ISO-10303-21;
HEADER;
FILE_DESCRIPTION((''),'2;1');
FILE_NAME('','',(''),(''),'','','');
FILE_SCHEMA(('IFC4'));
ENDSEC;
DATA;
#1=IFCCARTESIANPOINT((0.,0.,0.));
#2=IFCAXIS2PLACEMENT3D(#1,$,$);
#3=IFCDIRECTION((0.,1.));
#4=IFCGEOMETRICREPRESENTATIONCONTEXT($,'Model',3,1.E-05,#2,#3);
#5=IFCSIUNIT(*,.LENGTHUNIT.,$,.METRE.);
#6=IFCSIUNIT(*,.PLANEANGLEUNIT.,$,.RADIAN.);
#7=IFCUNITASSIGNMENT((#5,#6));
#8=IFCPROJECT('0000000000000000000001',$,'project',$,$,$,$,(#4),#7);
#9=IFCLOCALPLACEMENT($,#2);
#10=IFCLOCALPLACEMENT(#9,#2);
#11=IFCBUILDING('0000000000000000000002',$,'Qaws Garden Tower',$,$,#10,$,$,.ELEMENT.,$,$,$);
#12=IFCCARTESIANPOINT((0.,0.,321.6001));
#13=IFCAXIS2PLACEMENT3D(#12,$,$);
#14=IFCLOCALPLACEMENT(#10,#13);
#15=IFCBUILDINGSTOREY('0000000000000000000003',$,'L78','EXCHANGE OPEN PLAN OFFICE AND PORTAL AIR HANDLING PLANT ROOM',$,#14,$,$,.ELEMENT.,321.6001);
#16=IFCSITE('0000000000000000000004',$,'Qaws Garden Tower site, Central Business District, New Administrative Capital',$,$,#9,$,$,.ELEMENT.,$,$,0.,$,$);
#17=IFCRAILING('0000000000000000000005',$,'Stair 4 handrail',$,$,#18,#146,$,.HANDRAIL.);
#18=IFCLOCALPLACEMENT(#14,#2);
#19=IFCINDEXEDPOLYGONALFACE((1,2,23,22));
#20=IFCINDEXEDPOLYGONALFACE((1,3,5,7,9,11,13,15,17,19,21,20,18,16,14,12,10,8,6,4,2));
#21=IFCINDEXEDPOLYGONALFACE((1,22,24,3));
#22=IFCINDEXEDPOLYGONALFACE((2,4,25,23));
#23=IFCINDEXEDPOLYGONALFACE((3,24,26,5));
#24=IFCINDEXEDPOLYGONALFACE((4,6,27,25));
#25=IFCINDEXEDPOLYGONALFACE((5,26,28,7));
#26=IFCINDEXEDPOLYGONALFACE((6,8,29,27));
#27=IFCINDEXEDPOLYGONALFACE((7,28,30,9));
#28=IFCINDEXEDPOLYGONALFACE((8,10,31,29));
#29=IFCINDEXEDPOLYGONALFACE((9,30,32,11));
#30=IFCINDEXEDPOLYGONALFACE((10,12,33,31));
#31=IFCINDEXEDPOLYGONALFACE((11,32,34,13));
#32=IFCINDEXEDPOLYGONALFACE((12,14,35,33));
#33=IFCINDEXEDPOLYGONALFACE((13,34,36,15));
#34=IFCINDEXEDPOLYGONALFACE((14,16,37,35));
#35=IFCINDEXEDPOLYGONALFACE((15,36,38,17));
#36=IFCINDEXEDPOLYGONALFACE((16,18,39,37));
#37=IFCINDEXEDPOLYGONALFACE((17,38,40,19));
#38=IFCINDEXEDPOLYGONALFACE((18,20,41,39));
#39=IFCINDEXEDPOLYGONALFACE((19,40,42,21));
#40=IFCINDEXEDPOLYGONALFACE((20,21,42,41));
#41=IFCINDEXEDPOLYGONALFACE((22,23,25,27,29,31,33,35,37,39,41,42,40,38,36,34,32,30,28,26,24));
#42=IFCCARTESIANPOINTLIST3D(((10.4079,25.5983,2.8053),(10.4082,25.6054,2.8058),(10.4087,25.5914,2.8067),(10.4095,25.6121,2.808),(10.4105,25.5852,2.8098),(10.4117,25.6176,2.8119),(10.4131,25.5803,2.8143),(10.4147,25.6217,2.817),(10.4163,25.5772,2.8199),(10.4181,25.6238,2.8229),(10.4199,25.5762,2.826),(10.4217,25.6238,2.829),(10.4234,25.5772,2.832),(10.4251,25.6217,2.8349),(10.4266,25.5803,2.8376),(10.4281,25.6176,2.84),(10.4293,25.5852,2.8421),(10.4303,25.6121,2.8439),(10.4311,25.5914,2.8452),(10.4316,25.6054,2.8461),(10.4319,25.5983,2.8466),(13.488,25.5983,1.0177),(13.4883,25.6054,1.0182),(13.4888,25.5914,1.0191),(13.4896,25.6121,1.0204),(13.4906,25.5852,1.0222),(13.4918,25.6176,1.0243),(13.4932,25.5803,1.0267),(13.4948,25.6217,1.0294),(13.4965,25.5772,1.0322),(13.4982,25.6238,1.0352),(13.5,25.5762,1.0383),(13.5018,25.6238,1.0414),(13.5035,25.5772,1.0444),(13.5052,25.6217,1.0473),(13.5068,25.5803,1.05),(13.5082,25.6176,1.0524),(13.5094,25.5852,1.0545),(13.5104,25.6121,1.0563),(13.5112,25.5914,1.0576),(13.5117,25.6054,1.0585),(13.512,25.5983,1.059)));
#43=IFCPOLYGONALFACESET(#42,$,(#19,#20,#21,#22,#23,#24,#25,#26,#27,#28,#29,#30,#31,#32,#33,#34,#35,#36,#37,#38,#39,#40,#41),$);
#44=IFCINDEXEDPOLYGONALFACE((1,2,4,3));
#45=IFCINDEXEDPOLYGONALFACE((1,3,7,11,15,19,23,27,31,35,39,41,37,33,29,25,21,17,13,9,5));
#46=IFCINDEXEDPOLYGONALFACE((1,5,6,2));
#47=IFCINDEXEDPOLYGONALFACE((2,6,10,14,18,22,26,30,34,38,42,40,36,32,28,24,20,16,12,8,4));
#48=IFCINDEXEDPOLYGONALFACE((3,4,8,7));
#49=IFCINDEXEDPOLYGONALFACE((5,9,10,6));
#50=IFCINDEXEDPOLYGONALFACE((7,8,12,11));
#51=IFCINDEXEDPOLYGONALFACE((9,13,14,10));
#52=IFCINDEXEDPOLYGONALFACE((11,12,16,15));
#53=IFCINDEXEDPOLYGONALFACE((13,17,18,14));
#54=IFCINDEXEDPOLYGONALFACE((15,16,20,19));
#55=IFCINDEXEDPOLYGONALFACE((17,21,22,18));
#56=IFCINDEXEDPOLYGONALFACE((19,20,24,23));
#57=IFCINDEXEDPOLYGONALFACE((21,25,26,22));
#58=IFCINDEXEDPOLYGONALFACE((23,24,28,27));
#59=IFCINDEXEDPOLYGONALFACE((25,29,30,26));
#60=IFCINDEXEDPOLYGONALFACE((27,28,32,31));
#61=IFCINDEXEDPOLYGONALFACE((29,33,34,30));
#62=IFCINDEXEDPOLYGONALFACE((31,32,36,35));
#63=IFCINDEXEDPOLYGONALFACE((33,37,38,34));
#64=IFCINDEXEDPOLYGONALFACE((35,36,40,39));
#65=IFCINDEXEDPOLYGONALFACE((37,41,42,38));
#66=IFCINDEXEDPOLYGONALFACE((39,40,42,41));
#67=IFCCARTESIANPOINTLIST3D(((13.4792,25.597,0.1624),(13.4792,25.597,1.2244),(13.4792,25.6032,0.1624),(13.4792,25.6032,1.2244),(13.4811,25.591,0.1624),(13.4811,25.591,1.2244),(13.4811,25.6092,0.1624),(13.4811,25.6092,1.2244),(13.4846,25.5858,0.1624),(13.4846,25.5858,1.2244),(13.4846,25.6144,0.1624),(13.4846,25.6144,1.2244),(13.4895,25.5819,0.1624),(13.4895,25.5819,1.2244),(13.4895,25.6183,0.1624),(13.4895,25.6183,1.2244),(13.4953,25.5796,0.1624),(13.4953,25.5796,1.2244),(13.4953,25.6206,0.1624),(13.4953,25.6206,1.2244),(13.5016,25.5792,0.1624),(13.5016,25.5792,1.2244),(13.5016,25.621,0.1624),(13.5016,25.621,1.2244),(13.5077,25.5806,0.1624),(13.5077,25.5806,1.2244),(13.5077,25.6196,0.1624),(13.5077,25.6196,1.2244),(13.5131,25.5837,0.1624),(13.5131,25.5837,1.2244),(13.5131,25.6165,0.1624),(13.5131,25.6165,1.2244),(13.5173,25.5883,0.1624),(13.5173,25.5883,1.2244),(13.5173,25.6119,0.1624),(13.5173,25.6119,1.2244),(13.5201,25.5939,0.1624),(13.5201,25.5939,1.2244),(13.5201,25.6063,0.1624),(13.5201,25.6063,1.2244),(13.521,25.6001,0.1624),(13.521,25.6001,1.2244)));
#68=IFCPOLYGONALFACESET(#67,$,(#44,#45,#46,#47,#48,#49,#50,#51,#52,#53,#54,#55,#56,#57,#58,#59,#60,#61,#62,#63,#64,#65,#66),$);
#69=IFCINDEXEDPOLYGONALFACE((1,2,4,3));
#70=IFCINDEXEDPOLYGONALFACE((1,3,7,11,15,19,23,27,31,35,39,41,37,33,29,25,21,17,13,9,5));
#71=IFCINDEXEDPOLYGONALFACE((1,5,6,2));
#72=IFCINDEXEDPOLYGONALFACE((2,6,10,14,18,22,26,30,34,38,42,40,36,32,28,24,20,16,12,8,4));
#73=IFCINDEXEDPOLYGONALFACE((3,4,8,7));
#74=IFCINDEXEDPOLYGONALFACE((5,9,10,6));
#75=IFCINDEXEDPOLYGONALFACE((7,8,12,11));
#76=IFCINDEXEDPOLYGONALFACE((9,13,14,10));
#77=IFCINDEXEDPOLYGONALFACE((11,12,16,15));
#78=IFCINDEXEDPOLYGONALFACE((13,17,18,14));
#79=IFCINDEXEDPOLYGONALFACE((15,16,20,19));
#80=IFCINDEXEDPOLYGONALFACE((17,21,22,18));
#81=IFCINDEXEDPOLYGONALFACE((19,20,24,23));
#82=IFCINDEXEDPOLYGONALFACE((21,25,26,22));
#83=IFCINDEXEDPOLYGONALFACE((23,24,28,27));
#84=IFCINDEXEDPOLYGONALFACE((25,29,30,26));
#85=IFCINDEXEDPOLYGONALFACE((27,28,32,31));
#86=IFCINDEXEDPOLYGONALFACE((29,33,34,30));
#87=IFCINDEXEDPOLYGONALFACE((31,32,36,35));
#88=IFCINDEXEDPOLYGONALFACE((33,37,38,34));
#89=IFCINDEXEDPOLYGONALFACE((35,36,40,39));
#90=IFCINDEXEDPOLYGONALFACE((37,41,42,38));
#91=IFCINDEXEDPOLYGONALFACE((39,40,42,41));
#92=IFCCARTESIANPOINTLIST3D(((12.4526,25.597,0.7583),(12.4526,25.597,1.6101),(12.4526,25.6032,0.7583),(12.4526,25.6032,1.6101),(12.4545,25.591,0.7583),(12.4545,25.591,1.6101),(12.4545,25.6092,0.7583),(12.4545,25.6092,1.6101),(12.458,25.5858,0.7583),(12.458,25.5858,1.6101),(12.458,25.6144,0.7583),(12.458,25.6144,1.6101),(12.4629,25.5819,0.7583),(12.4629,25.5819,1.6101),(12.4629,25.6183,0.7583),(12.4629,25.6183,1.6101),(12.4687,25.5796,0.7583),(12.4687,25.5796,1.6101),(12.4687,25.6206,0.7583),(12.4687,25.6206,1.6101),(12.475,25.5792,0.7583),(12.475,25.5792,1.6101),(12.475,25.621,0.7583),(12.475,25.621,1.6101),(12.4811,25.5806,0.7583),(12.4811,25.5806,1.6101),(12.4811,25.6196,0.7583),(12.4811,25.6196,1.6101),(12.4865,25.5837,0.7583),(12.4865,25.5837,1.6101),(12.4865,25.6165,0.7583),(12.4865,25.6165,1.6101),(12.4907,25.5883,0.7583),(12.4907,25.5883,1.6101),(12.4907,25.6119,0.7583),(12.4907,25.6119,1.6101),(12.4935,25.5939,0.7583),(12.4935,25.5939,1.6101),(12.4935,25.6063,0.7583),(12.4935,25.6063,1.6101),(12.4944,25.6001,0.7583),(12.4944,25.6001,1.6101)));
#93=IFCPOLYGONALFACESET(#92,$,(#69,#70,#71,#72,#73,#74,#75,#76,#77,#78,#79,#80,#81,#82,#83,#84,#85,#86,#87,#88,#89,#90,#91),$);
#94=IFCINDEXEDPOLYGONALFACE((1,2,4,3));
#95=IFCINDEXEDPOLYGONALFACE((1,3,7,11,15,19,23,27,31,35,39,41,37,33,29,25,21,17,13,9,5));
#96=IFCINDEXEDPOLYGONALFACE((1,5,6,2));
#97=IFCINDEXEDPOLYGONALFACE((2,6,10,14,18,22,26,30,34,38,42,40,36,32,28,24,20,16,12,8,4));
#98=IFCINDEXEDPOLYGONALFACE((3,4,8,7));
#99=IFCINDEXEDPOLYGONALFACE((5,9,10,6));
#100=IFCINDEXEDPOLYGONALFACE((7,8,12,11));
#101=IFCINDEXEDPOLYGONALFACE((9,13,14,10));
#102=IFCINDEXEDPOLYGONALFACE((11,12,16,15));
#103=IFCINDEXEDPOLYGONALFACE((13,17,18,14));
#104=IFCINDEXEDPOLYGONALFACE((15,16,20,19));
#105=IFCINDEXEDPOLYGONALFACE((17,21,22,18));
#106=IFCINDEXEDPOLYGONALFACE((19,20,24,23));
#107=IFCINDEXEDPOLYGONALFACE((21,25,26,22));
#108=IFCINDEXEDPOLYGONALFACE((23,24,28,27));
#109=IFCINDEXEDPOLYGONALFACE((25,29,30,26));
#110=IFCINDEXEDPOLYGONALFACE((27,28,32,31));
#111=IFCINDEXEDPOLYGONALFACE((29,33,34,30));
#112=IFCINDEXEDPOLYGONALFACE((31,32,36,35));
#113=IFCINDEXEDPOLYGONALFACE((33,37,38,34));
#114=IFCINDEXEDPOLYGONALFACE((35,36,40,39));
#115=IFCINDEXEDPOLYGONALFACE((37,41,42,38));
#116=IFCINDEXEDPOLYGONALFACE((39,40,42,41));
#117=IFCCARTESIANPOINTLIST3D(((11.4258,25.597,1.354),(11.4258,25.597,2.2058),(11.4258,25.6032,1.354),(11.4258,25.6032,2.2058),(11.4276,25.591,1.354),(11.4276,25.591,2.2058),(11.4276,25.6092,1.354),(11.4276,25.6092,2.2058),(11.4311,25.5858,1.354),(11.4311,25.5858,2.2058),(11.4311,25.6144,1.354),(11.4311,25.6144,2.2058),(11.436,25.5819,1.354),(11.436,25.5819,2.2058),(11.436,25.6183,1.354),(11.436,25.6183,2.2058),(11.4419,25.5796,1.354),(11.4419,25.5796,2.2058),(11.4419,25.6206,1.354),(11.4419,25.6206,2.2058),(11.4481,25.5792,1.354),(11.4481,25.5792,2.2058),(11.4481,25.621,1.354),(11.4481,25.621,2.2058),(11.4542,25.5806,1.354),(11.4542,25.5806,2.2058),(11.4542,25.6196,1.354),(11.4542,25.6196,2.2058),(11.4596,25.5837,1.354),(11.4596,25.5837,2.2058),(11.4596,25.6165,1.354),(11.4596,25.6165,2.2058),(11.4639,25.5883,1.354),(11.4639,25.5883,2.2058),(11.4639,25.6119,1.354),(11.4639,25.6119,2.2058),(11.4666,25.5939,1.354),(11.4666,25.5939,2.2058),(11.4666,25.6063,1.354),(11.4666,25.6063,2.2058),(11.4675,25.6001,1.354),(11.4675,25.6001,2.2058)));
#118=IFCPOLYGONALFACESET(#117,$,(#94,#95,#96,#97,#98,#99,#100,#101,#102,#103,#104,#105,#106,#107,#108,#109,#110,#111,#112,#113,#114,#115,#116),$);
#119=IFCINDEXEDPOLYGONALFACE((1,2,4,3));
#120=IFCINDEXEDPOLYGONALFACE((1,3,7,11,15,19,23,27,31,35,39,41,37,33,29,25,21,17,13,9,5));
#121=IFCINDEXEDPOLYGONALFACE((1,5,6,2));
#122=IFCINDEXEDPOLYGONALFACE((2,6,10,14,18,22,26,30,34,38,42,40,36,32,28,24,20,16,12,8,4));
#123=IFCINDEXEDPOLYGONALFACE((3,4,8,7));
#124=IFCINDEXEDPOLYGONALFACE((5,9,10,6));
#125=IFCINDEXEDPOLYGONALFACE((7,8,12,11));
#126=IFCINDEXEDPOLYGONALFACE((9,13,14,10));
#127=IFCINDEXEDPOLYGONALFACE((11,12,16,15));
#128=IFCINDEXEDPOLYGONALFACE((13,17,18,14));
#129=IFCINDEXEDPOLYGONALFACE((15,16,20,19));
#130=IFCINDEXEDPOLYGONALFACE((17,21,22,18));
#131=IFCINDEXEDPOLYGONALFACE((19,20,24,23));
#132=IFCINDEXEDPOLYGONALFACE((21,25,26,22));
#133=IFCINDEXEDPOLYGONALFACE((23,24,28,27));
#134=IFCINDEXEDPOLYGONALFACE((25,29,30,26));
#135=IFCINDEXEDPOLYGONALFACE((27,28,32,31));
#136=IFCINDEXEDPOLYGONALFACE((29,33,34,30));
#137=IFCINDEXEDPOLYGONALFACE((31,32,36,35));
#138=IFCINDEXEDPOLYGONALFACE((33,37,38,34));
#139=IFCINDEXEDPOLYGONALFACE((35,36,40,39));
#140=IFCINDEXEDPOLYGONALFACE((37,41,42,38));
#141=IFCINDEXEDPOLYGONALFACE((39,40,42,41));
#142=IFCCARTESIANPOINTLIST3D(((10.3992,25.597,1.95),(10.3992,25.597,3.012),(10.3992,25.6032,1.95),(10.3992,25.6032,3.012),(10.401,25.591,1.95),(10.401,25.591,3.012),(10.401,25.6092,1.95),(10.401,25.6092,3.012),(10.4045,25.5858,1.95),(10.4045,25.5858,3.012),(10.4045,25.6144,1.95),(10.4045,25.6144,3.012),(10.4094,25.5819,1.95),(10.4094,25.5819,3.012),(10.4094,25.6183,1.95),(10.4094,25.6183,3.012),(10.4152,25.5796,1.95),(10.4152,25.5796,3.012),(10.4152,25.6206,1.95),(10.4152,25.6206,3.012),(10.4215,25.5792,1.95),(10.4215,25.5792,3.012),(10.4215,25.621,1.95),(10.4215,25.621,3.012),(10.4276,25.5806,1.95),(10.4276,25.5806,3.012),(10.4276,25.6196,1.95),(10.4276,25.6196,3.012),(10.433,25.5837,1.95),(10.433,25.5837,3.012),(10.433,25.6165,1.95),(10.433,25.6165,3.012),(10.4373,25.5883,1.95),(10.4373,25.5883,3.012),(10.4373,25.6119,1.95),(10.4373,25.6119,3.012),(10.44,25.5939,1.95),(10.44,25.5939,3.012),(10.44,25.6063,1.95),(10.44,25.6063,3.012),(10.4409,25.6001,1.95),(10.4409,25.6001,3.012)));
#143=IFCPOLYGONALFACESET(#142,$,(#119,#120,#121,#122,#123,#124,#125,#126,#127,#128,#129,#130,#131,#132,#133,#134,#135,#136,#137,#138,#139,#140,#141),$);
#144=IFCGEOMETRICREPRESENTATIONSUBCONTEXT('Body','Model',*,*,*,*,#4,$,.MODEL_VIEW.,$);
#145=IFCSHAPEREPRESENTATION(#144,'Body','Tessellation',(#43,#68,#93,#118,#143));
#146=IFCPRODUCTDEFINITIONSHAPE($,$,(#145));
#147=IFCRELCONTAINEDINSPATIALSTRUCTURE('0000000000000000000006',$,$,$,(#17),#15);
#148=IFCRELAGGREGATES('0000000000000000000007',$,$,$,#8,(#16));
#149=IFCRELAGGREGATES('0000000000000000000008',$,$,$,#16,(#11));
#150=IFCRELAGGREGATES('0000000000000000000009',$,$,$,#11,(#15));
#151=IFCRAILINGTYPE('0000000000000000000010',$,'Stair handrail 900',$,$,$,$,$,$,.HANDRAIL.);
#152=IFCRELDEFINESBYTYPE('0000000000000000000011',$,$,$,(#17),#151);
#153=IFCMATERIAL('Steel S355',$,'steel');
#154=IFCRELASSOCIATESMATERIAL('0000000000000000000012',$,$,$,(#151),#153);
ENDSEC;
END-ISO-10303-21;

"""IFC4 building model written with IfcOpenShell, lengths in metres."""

from ifc_helpers import new_model, si_unit, direction, frame, origin, origin_2d, place, context, subcontext, project, spatial, circle, extrude, material, type_object, element, save


model = new_model("IFC4")

# Units and contexts
model_context = context("Model", 3, precision=1e-05, world=origin(), true_north=direction((0.0, 1.0)))
body_context = subcontext(model_context, "Body", "Model", "MODEL_VIEW")
ifc_project = project(units=[si_unit("LENGTHUNIT", "METRE"), si_unit("PLANEANGLEUNIT", "RADIAN")], contexts=[model_context])

# Site, building, storey
site_placement = place(None, origin())
site = spatial("IfcSite", under=ifc_project, at=site_placement, Name="Qaws Garden Tower site, Central Business District, New Administrative Capital", CompositionType="ELEMENT", RefElevation=0.0)
building_placement = place(site_placement, origin())
building = spatial("IfcBuilding", under=site, at=building_placement, Name="Qaws Garden Tower", CompositionType="ELEMENT")
storey_placement = place(building_placement, frame((0.0, 0.0, 321.6001)))
storey = spatial("IfcBuildingStorey", under=building, at=storey_placement, Name="L78", Description="EXCHANGE OPEN PLAN OFFICE AND PORTAL AIR HANDLING PLANT ROOM", CompositionType="ELEMENT", Elevation=321.6001)

# Railing
ifc_material_1 = material(Name="Steel S355", Category="steel")
railing_type = type_object("IfcRailingType", Name="Stair handrail 900", PredefinedType="HANDRAIL", material=ifc_material_1)
railing_placement = place(storey_placement, frame((13.5, 25.6001, 0.1624)))
element("IfcRailing", 1, at=railing_placement, inside=storey, type_object=railing_type, Name="Stair 4 handrail", PredefinedType="HANDRAIL", context=body_context, shape_type="SweptSolid", body=[
    extrude(circle(Radius=0.0239, at=origin_2d()), frame((0.0, 0.0, 0.876), z_axis=(-0.864891, 0.0, 0.50196), x_axis=(0.0, -1.0, 0.0)), (0.0, 0.0, 1.0), 3.5613),
    extrude(circle(Radius=0.021, at=origin_2d()), origin(), (0.0, 0.0, 1.0), 1.062),
    extrude(circle(Radius=0.021, at=origin_2d()), frame((-1.0266, 0.0, 0.5959)), (0.0, 0.0, 1.0), 0.8518),
    extrude(circle(Radius=0.021, at=origin_2d()), frame((-2.0535, 0.0, 1.1917)), (0.0, 0.0, 1.0), 0.8518),
    extrude(circle(Radius=0.021, at=origin_2d()), frame((-3.0801, 0.0, 1.7876)), (0.0, 0.0, 1.0), 1.062),
])

save(model, "model.ifc")
